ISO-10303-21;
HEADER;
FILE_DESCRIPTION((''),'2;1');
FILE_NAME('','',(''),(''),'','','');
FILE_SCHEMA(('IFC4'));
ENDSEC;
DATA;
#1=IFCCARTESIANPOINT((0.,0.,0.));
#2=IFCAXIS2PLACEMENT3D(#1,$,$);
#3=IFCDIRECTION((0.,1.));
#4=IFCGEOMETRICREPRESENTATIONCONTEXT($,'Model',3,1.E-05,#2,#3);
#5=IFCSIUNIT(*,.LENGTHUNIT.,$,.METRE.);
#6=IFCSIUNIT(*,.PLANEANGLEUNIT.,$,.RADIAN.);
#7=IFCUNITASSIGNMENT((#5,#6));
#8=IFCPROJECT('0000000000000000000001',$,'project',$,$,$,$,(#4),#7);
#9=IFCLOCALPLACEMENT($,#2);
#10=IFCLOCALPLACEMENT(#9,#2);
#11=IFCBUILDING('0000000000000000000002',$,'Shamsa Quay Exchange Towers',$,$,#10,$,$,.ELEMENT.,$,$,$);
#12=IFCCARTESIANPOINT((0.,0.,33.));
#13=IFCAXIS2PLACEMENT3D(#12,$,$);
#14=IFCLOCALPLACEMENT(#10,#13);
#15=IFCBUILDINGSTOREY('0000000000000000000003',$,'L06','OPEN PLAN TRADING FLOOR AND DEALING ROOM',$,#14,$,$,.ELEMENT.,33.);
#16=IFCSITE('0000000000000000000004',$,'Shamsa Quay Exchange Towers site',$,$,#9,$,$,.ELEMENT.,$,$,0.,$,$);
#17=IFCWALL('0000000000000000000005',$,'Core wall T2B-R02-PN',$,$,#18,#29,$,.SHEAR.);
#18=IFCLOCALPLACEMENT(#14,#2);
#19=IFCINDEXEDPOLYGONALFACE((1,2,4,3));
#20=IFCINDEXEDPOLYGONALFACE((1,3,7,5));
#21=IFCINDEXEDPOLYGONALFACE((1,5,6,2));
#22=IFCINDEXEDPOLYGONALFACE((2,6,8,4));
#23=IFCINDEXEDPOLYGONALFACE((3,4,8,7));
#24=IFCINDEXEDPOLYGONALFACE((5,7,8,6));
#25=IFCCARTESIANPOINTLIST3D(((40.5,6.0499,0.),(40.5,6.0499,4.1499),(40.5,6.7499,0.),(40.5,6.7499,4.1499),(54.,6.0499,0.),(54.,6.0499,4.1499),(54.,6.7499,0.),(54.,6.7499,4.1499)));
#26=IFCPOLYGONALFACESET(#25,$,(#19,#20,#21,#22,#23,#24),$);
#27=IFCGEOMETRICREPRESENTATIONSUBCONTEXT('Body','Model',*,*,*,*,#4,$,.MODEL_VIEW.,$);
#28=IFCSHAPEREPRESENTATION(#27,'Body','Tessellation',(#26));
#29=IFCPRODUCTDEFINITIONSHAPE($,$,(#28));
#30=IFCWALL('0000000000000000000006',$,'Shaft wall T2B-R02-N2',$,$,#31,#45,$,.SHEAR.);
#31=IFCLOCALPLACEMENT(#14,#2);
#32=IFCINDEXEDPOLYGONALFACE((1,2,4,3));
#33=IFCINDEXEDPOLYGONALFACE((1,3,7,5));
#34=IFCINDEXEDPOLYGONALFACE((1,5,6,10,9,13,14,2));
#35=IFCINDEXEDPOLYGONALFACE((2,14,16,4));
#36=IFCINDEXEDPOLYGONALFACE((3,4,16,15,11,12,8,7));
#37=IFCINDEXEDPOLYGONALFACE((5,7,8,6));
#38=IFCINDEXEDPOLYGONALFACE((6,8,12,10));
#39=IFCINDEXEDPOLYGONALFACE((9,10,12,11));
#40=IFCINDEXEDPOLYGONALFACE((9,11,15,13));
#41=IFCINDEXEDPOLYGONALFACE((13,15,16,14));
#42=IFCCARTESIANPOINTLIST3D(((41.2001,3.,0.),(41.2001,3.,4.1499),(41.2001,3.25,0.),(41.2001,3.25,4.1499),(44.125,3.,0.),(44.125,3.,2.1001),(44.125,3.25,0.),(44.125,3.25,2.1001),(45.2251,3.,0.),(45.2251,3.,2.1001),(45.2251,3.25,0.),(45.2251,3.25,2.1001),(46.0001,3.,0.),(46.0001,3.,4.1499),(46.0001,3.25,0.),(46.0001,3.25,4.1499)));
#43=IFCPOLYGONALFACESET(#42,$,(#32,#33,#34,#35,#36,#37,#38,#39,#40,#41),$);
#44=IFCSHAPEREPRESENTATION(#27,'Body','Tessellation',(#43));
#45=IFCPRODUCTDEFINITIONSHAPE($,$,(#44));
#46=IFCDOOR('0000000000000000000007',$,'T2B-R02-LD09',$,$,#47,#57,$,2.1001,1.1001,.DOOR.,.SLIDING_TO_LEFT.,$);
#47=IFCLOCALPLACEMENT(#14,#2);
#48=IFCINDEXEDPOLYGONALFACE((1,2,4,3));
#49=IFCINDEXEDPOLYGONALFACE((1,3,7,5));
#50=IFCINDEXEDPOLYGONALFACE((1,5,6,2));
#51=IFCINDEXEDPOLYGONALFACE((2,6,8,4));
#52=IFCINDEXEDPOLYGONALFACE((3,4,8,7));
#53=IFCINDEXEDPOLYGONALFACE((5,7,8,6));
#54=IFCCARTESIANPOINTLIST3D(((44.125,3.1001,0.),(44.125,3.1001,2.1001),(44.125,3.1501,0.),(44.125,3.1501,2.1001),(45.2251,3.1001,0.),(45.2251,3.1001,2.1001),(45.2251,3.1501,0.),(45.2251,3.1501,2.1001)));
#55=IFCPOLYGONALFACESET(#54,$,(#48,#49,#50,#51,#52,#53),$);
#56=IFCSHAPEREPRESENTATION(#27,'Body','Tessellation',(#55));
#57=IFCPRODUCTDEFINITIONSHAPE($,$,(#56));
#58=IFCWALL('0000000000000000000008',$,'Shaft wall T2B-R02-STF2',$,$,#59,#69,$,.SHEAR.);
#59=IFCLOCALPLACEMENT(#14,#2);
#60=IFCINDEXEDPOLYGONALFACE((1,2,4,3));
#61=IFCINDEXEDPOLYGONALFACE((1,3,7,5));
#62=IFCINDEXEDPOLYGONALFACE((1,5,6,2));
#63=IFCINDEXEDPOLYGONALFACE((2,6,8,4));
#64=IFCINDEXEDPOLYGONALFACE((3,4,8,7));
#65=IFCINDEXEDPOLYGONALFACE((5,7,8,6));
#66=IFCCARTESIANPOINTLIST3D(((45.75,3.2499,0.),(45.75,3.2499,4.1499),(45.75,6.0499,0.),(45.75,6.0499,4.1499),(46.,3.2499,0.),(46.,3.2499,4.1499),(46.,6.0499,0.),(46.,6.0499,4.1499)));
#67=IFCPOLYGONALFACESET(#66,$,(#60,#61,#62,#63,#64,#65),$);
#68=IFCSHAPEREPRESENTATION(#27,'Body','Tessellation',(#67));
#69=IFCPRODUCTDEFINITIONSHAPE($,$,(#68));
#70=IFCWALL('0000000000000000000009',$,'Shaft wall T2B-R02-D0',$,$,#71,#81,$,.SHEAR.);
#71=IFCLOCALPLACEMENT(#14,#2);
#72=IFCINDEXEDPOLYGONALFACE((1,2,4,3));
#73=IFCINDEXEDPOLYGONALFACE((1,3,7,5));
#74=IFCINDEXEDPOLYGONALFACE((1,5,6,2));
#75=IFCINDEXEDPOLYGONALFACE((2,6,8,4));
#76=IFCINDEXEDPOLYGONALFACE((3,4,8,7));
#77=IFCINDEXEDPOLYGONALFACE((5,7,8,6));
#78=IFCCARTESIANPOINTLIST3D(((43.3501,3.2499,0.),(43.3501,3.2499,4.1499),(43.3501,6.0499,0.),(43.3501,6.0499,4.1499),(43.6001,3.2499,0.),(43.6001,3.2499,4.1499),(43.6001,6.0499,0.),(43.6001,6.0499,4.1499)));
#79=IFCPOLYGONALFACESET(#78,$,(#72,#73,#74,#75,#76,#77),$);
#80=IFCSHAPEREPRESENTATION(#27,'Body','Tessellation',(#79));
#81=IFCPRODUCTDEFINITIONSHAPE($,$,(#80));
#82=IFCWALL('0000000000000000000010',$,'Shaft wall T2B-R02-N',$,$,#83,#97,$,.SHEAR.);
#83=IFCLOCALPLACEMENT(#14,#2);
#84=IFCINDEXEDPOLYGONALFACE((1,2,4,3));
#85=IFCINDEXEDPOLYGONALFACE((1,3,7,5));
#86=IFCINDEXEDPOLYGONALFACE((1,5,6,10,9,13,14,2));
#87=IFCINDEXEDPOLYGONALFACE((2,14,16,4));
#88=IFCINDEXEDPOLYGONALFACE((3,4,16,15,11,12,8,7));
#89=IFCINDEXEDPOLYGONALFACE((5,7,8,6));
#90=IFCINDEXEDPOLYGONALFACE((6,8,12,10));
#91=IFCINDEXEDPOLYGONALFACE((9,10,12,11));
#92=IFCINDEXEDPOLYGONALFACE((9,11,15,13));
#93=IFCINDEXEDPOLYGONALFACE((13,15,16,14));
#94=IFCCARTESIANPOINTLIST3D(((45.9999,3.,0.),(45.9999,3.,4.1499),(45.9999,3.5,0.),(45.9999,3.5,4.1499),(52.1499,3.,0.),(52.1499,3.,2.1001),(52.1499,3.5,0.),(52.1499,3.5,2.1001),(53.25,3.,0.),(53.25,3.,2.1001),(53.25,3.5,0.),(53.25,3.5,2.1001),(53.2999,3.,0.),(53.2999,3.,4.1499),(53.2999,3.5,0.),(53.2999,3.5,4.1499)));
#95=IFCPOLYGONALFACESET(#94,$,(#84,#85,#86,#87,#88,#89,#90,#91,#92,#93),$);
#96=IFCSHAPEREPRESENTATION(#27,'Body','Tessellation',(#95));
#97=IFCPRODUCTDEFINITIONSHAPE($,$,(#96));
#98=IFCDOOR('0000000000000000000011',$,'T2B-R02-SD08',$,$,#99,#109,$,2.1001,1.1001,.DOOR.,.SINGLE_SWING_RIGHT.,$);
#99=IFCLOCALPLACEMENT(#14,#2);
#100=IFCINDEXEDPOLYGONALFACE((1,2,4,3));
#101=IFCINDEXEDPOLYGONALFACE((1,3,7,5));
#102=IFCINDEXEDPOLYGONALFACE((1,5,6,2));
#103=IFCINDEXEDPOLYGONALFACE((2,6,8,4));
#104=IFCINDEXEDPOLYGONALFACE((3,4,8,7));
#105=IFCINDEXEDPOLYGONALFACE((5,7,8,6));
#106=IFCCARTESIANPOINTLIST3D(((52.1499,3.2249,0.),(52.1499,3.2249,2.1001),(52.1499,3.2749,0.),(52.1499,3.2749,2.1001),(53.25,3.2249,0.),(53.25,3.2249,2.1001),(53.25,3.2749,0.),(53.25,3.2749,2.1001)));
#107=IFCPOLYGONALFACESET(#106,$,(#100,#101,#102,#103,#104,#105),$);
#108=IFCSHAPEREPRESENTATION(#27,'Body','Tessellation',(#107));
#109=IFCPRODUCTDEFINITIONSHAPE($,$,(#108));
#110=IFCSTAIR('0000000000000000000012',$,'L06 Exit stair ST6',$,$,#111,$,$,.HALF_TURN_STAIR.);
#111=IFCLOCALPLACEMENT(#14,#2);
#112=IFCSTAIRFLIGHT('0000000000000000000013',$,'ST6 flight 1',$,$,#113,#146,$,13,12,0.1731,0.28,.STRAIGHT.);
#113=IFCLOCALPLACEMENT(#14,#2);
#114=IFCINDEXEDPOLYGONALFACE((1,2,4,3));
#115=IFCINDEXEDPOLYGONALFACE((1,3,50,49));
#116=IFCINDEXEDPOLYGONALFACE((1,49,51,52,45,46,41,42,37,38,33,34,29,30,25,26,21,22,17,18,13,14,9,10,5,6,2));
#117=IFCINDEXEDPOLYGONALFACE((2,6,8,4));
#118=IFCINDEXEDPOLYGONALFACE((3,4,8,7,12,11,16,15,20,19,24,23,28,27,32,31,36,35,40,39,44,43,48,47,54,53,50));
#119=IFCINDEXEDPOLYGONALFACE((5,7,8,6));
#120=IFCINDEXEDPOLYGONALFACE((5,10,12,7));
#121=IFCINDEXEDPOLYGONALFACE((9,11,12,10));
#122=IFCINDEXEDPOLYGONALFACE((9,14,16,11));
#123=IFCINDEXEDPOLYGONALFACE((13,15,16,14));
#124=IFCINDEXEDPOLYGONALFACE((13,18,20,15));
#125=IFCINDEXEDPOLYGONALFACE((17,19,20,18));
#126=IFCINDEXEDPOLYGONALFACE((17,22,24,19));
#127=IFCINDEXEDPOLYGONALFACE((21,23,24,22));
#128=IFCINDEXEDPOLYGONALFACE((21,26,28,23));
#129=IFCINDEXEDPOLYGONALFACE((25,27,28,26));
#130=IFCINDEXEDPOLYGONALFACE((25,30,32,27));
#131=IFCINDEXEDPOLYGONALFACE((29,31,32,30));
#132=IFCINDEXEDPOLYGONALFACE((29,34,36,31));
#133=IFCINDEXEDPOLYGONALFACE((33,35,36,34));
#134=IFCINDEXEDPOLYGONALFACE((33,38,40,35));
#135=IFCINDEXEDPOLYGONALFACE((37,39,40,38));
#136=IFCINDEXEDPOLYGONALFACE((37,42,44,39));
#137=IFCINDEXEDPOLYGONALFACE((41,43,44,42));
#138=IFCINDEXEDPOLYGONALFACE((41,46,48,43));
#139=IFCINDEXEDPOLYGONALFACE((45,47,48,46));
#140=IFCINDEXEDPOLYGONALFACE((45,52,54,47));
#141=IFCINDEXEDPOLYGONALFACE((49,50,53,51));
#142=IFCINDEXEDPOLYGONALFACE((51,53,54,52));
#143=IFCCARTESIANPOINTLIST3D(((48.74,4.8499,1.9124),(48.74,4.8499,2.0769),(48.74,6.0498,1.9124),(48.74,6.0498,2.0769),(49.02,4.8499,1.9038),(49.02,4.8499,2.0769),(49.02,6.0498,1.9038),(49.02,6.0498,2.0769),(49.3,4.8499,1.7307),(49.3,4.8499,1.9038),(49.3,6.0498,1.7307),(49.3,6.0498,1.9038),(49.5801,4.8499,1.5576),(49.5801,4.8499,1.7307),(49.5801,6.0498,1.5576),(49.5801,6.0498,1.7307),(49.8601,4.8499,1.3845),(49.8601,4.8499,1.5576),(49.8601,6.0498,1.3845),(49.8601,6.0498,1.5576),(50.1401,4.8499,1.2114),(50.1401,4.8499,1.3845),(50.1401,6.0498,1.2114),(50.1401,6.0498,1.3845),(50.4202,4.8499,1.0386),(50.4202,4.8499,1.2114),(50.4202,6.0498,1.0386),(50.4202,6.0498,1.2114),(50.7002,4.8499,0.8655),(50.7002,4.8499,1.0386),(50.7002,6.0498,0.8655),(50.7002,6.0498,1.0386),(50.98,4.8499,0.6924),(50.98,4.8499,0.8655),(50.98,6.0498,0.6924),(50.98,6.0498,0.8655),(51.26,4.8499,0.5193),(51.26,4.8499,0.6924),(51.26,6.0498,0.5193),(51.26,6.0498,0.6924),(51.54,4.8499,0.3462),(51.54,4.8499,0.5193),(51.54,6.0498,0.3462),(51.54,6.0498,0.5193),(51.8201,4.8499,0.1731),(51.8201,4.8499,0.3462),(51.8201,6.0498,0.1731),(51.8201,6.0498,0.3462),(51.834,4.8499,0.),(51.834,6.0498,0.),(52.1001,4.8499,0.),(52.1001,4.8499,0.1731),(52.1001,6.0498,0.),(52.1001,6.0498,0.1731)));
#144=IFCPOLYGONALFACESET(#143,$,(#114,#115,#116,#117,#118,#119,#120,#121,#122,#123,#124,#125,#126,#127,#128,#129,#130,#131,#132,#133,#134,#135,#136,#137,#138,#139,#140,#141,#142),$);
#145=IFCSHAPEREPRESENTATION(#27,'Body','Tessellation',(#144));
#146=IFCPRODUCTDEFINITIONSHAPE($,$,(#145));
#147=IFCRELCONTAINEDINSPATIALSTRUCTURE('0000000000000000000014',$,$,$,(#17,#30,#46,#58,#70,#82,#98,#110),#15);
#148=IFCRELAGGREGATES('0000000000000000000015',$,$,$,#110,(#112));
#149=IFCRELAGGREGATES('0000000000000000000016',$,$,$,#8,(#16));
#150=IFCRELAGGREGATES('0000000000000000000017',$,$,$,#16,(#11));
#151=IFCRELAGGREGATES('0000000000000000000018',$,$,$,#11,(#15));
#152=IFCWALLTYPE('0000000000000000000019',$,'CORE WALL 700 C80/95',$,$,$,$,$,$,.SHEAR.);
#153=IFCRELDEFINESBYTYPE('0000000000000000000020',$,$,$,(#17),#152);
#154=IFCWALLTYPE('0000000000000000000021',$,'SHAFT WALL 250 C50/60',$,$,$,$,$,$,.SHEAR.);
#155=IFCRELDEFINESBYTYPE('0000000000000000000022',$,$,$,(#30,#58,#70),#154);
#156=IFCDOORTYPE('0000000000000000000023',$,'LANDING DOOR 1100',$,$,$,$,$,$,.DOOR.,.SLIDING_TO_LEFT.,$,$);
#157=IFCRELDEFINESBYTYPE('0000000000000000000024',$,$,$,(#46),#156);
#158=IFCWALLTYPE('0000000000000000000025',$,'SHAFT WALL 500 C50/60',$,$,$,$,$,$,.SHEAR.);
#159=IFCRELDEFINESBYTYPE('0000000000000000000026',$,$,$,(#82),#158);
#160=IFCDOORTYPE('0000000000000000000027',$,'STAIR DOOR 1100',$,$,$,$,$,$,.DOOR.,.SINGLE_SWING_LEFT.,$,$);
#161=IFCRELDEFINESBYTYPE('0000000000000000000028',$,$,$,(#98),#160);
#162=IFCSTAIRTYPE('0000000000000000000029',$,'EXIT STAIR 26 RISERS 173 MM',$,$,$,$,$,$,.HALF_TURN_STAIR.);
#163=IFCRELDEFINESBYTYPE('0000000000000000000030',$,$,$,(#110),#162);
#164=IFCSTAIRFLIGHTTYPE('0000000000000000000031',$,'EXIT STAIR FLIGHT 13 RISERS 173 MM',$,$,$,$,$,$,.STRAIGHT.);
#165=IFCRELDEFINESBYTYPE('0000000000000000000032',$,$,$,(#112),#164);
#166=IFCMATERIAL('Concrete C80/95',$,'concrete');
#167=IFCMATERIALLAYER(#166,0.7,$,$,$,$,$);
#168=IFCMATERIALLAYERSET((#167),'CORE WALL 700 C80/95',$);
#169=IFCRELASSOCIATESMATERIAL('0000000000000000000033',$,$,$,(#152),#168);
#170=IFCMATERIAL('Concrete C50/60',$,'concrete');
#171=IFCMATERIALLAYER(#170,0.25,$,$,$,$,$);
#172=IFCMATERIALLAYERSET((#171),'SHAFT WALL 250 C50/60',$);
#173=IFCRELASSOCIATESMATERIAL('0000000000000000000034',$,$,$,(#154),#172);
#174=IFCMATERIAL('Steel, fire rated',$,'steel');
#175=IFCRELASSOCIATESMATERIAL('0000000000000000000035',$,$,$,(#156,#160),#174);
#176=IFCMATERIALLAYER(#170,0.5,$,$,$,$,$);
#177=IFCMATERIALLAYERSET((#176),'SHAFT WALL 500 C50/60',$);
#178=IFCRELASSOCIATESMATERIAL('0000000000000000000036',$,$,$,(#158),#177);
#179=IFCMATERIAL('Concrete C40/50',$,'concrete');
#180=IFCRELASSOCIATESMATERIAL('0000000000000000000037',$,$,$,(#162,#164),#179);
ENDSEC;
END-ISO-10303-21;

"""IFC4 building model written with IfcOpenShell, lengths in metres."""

from ifc_helpers import new_model, si_unit, direction, frame, frame_2d, origin, place, context, subcontext, project, spatial, polyline, rectangle, outline, extrude, material, layer, layer_set, type_object, element, fill, aggregate, save


model = new_model("IFC4")

# Units and contexts
model_context = context("Model", 3, precision=1e-05, world=origin(), true_north=direction((0.0, 1.0)))
body_context = subcontext(model_context, "Body", "Model", "MODEL_VIEW")
ifc_project = project(units=[si_unit("LENGTHUNIT", "METRE"), si_unit("PLANEANGLEUNIT", "RADIAN")], contexts=[model_context])

# Site, building, storey
site_placement = place(None, origin())
site = spatial("IfcSite", under=ifc_project, at=site_placement, Name="Shamsa Quay Exchange Towers site", CompositionType="ELEMENT", RefElevation=0.0)
building_placement = place(site_placement, origin())
building = spatial("IfcBuilding", under=site, at=building_placement, Name="Shamsa Quay Exchange Towers", CompositionType="ELEMENT")
storey_placement = place(building_placement, frame((0.0, 0.0, 33.0)))
storey = spatial("IfcBuildingStorey", under=building, at=storey_placement, Name="L06", Description="OPEN PLAN TRADING FLOOR AND DEALING ROOM", CompositionType="ELEMENT", Elevation=33.0)

# Wall
ifc_material_1 = material(Name="Concrete C80/95", Category="concrete")
ifc_layer_1 = layer(ifc_material_1, 0.7)
ifc_layer_set_1 = layer_set([ifc_layer_1], Name="CORE WALL 700 C80/95")
wall_type_1 = type_object("IfcWallType", Name="CORE WALL 700 C80/95", PredefinedType="SHEAR", material=ifc_layer_set_1)
wall_1_placement = place(storey_placement, frame((54.0, 6.3999, 0.0), z_axis=(0.0, 0.0, 1.0), x_axis=(-1.0, 0.0, 0.0)))
element("IfcWall", 1, at=wall_1_placement, inside=storey, type_object=wall_type_1, Name="Core wall T2B-R02-PN", PredefinedType="SHEAR", context=body_context, shape_type="SweptSolid", body=[
    extrude(rectangle(XDim=13.5, YDim=0.7, at=frame_2d((6.75, 0.0))), origin(), (0.0, 0.0, 1.0), 4.1499),
])

# Wall, opening, door
ifc_material_2 = material(Name="Concrete C50/60", Category="concrete")
ifc_layer_2 = layer(ifc_material_2, 0.25)
ifc_layer_set_2 = layer_set([ifc_layer_2], Name="SHAFT WALL 250 C50/60")
wall_type_2 = type_object("IfcWallType", Name="SHAFT WALL 250 C50/60", PredefinedType="SHEAR", material=ifc_layer_set_2)
wall_2_placement = place(storey_placement, frame((46.0, 3.125, 0.0), z_axis=(0.0, 0.0, 1.0), x_axis=(-1.0, 0.0, 0.0)))
wall_2 = element("IfcWall", 2, at=wall_2_placement, inside=storey, type_object=wall_type_2, Name="Shaft wall T2B-R02-N2", PredefinedType="SHEAR", context=body_context, shape_type="SweptSolid", body=[
    extrude(rectangle(XDim=4.8, YDim=0.25, at=frame_2d((2.3999, 0.0))), origin(), (0.0, 0.0, 1.0), 4.1499),
])
opening_1_placement = place(wall_2_placement, frame((0.7749, 0.0, 0.0)))
opening_1 = element("IfcOpeningElement", 3, at=opening_1_placement, cuts=wall_2, PredefinedType="OPENING", context=body_context, shape_type="SweptSolid", body=[
    extrude(rectangle(XDim=1.1001, YDim=2.1001, at=frame_2d((0.55, 1.05))), frame((0.0, 0.135, 0.0), z_axis=(0.0, -1.0, 0.0), x_axis=(1.0, 0.0, 0.0)), (0.0, 0.0, 1.0), 0.27),
])
ifc_material_3 = material(Name="Steel, fire rated", Category="steel")
door_type_1 = type_object("IfcDoorType", Name="LANDING DOOR 1100", OperationType="SLIDING_TO_LEFT", PredefinedType="DOOR", material=ifc_material_3)
door_1_placement = place(opening_1_placement, origin())
door_1 = element("IfcDoor", 4, at=door_1_placement, inside=storey, type_object=door_type_1, Name="T2B-R02-LD09", OperationType="SLIDING_TO_LEFT", OverallHeight=2.1001, OverallWidth=1.1001, PredefinedType="DOOR", context=body_context, shape_type="SweptSolid", body=[
    extrude(rectangle(XDim=1.1001, YDim=2.1001, at=frame_2d((0.55, 1.05))), frame((0.0, 0.0249, 0.0), z_axis=(0.0, -1.0, 0.0), x_axis=(1.0, 0.0, 0.0)), (0.0, 0.0, 1.0), 0.05),
])
fill(opening_1, door_1)

# Walls
for number, where, z_axis, x_axis, name in (
    (5, (45.875, 3.25, 0.0), (0.0, 0.0, 1.0), (0.0, 1.0, 0.0), "Shaft wall T2B-R02-STF2"),
    (6, (43.4751, 3.25, 0.0), (0.0, 0.0, 1.0), (0.0, 1.0, 0.0), "Shaft wall T2B-R02-D0"),
):
    element("IfcWall", number, at=place(storey_placement, frame(where, z_axis=z_axis, x_axis=x_axis)), inside=storey, type_object=wall_type_2, Name=name, PredefinedType="SHEAR", context=body_context, shape_type="SweptSolid", body=[
        extrude(rectangle(XDim=2.8, YDim=0.25, at=frame_2d((1.3999, 0.0))), origin(), (0.0, 0.0, 1.0), 4.1499),
    ])

# Wall, opening, door
ifc_layer_3 = layer(ifc_material_2, 0.5)
ifc_layer_set_3 = layer_set([ifc_layer_3], Name="SHAFT WALL 500 C50/60")
wall_type_3 = type_object("IfcWallType", Name="SHAFT WALL 500 C50/60", PredefinedType="SHEAR", material=ifc_layer_set_3)
wall_3_placement = place(storey_placement, frame((46.0, 3.25, 0.0)))
wall_3 = element("IfcWall", 7, at=wall_3_placement, inside=storey, type_object=wall_type_3, Name="Shaft wall T2B-R02-N", PredefinedType="SHEAR", context=body_context, shape_type="SweptSolid", body=[
    extrude(rectangle(XDim=7.3, YDim=0.5, at=frame_2d((3.6499, 0.0))), origin(), (0.0, 0.0, 1.0), 4.1499),
])
opening_2_placement = place(wall_3_placement, frame((6.1499, 0.0, 0.0)))
opening_2 = element("IfcOpeningElement", 8, at=opening_2_placement, cuts=wall_3, PredefinedType="OPENING", context=body_context, shape_type="SweptSolid", body=[
    extrude(rectangle(XDim=1.1001, YDim=2.1001, at=frame_2d((0.55, 1.05))), frame((0.0, 0.26, 0.0), z_axis=(0.0, -1.0, 0.0), x_axis=(1.0, 0.0, 0.0)), (0.0, 0.0, 1.0), 0.52),
])
door_type_2 = type_object("IfcDoorType", Name="STAIR DOOR 1100", OperationType="SINGLE_SWING_LEFT", PredefinedType="DOOR", material=ifc_material_3)
door_2_placement = place(opening_2_placement, origin())
door_2 = element("IfcDoor", 9, at=door_2_placement, inside=storey, type_object=door_type_2, Name="T2B-R02-SD08", OperationType="SINGLE_SWING_RIGHT", OverallHeight=2.1001, OverallWidth=1.1001, PredefinedType="DOOR", context=body_context, shape_type="SweptSolid", body=[
    extrude(rectangle(XDim=1.1001, YDim=2.1001, at=frame_2d((0.55, 1.05))), frame((0.0, 0.0249, 0.0), z_axis=(0.0, -1.0, 0.0), x_axis=(1.0, 0.0, 0.0)), (0.0, 0.0, 1.0), 0.05),
])
fill(opening_2, door_2)

# Stair, stair flight
ifc_material_4 = material(Name="Concrete C40/50", Category="concrete")
stair_type = type_object("IfcStairType", Name="EXIT STAIR 26 RISERS 173 MM", PredefinedType="HALF_TURN_STAIR", material=ifc_material_4)
stair_placement = place(storey_placement, origin())
stair = element("IfcStair", 10, at=stair_placement, inside=storey, type_object=stair_type, Name="L06 Exit stair ST6", PredefinedType="HALF_TURN_STAIR")
stair_flight_type = type_object("IfcStairFlightType", Name="EXIT STAIR FLIGHT 13 RISERS 173 MM", PredefinedType="STRAIGHT", material=ifc_material_4)
stair_flight_1_placement = place(storey_placement, frame((52.1001, 5.45, 0.0), z_axis=(0.0, 0.0, 1.0), x_axis=(-1.0, 0.0, 0.0)))
stair_flight_1 = element("IfcStairFlight", 11, at=stair_flight_1_placement, type_object=stair_flight_type, Name="ST6 flight 1", NumberOfRisers=13, NumberOfTreads=12, PredefinedType="STRAIGHT", RiserHeight=0.1731, TreadLength=0.28, context=body_context, shape_type="SweptSolid", body=[
    extrude(outline(polyline([(0.0, 0.0), (0.0, 0.1731), (0.28, 0.1731), (0.28, 0.3462), (0.5601, 0.3462), (0.5601, 0.5193), (0.8401, 0.5193), (0.8401, 0.6924), (1.1201, 0.6924), (1.1201, 0.8655), (1.3999, 0.8655), (1.3999, 1.0386), (1.6799, 1.0386), (1.6799, 1.2114), (1.96, 1.2114), (1.96, 1.3845), (2.24, 1.3845), (2.24, 1.5576), (2.52, 1.5576), (2.52, 1.7307), (2.8, 1.7307), (2.8, 1.9038), (3.0801, 1.9038), (3.0801, 2.0769), (3.3601, 2.0769), (3.3601, 2.25), (3.3601, 1.9124), (0.2661, 0.0), (0.0, 0.0)])), frame((0.0, 0.6001, 0.0), z_axis=(0.0, -1.0, 0.0), x_axis=(1.0, 0.0, 0.0)), (0.0, 0.0, 1.0), 1.2),
])
aggregate(stair, [stair_flight_1])

save(model, "model.ifc")
